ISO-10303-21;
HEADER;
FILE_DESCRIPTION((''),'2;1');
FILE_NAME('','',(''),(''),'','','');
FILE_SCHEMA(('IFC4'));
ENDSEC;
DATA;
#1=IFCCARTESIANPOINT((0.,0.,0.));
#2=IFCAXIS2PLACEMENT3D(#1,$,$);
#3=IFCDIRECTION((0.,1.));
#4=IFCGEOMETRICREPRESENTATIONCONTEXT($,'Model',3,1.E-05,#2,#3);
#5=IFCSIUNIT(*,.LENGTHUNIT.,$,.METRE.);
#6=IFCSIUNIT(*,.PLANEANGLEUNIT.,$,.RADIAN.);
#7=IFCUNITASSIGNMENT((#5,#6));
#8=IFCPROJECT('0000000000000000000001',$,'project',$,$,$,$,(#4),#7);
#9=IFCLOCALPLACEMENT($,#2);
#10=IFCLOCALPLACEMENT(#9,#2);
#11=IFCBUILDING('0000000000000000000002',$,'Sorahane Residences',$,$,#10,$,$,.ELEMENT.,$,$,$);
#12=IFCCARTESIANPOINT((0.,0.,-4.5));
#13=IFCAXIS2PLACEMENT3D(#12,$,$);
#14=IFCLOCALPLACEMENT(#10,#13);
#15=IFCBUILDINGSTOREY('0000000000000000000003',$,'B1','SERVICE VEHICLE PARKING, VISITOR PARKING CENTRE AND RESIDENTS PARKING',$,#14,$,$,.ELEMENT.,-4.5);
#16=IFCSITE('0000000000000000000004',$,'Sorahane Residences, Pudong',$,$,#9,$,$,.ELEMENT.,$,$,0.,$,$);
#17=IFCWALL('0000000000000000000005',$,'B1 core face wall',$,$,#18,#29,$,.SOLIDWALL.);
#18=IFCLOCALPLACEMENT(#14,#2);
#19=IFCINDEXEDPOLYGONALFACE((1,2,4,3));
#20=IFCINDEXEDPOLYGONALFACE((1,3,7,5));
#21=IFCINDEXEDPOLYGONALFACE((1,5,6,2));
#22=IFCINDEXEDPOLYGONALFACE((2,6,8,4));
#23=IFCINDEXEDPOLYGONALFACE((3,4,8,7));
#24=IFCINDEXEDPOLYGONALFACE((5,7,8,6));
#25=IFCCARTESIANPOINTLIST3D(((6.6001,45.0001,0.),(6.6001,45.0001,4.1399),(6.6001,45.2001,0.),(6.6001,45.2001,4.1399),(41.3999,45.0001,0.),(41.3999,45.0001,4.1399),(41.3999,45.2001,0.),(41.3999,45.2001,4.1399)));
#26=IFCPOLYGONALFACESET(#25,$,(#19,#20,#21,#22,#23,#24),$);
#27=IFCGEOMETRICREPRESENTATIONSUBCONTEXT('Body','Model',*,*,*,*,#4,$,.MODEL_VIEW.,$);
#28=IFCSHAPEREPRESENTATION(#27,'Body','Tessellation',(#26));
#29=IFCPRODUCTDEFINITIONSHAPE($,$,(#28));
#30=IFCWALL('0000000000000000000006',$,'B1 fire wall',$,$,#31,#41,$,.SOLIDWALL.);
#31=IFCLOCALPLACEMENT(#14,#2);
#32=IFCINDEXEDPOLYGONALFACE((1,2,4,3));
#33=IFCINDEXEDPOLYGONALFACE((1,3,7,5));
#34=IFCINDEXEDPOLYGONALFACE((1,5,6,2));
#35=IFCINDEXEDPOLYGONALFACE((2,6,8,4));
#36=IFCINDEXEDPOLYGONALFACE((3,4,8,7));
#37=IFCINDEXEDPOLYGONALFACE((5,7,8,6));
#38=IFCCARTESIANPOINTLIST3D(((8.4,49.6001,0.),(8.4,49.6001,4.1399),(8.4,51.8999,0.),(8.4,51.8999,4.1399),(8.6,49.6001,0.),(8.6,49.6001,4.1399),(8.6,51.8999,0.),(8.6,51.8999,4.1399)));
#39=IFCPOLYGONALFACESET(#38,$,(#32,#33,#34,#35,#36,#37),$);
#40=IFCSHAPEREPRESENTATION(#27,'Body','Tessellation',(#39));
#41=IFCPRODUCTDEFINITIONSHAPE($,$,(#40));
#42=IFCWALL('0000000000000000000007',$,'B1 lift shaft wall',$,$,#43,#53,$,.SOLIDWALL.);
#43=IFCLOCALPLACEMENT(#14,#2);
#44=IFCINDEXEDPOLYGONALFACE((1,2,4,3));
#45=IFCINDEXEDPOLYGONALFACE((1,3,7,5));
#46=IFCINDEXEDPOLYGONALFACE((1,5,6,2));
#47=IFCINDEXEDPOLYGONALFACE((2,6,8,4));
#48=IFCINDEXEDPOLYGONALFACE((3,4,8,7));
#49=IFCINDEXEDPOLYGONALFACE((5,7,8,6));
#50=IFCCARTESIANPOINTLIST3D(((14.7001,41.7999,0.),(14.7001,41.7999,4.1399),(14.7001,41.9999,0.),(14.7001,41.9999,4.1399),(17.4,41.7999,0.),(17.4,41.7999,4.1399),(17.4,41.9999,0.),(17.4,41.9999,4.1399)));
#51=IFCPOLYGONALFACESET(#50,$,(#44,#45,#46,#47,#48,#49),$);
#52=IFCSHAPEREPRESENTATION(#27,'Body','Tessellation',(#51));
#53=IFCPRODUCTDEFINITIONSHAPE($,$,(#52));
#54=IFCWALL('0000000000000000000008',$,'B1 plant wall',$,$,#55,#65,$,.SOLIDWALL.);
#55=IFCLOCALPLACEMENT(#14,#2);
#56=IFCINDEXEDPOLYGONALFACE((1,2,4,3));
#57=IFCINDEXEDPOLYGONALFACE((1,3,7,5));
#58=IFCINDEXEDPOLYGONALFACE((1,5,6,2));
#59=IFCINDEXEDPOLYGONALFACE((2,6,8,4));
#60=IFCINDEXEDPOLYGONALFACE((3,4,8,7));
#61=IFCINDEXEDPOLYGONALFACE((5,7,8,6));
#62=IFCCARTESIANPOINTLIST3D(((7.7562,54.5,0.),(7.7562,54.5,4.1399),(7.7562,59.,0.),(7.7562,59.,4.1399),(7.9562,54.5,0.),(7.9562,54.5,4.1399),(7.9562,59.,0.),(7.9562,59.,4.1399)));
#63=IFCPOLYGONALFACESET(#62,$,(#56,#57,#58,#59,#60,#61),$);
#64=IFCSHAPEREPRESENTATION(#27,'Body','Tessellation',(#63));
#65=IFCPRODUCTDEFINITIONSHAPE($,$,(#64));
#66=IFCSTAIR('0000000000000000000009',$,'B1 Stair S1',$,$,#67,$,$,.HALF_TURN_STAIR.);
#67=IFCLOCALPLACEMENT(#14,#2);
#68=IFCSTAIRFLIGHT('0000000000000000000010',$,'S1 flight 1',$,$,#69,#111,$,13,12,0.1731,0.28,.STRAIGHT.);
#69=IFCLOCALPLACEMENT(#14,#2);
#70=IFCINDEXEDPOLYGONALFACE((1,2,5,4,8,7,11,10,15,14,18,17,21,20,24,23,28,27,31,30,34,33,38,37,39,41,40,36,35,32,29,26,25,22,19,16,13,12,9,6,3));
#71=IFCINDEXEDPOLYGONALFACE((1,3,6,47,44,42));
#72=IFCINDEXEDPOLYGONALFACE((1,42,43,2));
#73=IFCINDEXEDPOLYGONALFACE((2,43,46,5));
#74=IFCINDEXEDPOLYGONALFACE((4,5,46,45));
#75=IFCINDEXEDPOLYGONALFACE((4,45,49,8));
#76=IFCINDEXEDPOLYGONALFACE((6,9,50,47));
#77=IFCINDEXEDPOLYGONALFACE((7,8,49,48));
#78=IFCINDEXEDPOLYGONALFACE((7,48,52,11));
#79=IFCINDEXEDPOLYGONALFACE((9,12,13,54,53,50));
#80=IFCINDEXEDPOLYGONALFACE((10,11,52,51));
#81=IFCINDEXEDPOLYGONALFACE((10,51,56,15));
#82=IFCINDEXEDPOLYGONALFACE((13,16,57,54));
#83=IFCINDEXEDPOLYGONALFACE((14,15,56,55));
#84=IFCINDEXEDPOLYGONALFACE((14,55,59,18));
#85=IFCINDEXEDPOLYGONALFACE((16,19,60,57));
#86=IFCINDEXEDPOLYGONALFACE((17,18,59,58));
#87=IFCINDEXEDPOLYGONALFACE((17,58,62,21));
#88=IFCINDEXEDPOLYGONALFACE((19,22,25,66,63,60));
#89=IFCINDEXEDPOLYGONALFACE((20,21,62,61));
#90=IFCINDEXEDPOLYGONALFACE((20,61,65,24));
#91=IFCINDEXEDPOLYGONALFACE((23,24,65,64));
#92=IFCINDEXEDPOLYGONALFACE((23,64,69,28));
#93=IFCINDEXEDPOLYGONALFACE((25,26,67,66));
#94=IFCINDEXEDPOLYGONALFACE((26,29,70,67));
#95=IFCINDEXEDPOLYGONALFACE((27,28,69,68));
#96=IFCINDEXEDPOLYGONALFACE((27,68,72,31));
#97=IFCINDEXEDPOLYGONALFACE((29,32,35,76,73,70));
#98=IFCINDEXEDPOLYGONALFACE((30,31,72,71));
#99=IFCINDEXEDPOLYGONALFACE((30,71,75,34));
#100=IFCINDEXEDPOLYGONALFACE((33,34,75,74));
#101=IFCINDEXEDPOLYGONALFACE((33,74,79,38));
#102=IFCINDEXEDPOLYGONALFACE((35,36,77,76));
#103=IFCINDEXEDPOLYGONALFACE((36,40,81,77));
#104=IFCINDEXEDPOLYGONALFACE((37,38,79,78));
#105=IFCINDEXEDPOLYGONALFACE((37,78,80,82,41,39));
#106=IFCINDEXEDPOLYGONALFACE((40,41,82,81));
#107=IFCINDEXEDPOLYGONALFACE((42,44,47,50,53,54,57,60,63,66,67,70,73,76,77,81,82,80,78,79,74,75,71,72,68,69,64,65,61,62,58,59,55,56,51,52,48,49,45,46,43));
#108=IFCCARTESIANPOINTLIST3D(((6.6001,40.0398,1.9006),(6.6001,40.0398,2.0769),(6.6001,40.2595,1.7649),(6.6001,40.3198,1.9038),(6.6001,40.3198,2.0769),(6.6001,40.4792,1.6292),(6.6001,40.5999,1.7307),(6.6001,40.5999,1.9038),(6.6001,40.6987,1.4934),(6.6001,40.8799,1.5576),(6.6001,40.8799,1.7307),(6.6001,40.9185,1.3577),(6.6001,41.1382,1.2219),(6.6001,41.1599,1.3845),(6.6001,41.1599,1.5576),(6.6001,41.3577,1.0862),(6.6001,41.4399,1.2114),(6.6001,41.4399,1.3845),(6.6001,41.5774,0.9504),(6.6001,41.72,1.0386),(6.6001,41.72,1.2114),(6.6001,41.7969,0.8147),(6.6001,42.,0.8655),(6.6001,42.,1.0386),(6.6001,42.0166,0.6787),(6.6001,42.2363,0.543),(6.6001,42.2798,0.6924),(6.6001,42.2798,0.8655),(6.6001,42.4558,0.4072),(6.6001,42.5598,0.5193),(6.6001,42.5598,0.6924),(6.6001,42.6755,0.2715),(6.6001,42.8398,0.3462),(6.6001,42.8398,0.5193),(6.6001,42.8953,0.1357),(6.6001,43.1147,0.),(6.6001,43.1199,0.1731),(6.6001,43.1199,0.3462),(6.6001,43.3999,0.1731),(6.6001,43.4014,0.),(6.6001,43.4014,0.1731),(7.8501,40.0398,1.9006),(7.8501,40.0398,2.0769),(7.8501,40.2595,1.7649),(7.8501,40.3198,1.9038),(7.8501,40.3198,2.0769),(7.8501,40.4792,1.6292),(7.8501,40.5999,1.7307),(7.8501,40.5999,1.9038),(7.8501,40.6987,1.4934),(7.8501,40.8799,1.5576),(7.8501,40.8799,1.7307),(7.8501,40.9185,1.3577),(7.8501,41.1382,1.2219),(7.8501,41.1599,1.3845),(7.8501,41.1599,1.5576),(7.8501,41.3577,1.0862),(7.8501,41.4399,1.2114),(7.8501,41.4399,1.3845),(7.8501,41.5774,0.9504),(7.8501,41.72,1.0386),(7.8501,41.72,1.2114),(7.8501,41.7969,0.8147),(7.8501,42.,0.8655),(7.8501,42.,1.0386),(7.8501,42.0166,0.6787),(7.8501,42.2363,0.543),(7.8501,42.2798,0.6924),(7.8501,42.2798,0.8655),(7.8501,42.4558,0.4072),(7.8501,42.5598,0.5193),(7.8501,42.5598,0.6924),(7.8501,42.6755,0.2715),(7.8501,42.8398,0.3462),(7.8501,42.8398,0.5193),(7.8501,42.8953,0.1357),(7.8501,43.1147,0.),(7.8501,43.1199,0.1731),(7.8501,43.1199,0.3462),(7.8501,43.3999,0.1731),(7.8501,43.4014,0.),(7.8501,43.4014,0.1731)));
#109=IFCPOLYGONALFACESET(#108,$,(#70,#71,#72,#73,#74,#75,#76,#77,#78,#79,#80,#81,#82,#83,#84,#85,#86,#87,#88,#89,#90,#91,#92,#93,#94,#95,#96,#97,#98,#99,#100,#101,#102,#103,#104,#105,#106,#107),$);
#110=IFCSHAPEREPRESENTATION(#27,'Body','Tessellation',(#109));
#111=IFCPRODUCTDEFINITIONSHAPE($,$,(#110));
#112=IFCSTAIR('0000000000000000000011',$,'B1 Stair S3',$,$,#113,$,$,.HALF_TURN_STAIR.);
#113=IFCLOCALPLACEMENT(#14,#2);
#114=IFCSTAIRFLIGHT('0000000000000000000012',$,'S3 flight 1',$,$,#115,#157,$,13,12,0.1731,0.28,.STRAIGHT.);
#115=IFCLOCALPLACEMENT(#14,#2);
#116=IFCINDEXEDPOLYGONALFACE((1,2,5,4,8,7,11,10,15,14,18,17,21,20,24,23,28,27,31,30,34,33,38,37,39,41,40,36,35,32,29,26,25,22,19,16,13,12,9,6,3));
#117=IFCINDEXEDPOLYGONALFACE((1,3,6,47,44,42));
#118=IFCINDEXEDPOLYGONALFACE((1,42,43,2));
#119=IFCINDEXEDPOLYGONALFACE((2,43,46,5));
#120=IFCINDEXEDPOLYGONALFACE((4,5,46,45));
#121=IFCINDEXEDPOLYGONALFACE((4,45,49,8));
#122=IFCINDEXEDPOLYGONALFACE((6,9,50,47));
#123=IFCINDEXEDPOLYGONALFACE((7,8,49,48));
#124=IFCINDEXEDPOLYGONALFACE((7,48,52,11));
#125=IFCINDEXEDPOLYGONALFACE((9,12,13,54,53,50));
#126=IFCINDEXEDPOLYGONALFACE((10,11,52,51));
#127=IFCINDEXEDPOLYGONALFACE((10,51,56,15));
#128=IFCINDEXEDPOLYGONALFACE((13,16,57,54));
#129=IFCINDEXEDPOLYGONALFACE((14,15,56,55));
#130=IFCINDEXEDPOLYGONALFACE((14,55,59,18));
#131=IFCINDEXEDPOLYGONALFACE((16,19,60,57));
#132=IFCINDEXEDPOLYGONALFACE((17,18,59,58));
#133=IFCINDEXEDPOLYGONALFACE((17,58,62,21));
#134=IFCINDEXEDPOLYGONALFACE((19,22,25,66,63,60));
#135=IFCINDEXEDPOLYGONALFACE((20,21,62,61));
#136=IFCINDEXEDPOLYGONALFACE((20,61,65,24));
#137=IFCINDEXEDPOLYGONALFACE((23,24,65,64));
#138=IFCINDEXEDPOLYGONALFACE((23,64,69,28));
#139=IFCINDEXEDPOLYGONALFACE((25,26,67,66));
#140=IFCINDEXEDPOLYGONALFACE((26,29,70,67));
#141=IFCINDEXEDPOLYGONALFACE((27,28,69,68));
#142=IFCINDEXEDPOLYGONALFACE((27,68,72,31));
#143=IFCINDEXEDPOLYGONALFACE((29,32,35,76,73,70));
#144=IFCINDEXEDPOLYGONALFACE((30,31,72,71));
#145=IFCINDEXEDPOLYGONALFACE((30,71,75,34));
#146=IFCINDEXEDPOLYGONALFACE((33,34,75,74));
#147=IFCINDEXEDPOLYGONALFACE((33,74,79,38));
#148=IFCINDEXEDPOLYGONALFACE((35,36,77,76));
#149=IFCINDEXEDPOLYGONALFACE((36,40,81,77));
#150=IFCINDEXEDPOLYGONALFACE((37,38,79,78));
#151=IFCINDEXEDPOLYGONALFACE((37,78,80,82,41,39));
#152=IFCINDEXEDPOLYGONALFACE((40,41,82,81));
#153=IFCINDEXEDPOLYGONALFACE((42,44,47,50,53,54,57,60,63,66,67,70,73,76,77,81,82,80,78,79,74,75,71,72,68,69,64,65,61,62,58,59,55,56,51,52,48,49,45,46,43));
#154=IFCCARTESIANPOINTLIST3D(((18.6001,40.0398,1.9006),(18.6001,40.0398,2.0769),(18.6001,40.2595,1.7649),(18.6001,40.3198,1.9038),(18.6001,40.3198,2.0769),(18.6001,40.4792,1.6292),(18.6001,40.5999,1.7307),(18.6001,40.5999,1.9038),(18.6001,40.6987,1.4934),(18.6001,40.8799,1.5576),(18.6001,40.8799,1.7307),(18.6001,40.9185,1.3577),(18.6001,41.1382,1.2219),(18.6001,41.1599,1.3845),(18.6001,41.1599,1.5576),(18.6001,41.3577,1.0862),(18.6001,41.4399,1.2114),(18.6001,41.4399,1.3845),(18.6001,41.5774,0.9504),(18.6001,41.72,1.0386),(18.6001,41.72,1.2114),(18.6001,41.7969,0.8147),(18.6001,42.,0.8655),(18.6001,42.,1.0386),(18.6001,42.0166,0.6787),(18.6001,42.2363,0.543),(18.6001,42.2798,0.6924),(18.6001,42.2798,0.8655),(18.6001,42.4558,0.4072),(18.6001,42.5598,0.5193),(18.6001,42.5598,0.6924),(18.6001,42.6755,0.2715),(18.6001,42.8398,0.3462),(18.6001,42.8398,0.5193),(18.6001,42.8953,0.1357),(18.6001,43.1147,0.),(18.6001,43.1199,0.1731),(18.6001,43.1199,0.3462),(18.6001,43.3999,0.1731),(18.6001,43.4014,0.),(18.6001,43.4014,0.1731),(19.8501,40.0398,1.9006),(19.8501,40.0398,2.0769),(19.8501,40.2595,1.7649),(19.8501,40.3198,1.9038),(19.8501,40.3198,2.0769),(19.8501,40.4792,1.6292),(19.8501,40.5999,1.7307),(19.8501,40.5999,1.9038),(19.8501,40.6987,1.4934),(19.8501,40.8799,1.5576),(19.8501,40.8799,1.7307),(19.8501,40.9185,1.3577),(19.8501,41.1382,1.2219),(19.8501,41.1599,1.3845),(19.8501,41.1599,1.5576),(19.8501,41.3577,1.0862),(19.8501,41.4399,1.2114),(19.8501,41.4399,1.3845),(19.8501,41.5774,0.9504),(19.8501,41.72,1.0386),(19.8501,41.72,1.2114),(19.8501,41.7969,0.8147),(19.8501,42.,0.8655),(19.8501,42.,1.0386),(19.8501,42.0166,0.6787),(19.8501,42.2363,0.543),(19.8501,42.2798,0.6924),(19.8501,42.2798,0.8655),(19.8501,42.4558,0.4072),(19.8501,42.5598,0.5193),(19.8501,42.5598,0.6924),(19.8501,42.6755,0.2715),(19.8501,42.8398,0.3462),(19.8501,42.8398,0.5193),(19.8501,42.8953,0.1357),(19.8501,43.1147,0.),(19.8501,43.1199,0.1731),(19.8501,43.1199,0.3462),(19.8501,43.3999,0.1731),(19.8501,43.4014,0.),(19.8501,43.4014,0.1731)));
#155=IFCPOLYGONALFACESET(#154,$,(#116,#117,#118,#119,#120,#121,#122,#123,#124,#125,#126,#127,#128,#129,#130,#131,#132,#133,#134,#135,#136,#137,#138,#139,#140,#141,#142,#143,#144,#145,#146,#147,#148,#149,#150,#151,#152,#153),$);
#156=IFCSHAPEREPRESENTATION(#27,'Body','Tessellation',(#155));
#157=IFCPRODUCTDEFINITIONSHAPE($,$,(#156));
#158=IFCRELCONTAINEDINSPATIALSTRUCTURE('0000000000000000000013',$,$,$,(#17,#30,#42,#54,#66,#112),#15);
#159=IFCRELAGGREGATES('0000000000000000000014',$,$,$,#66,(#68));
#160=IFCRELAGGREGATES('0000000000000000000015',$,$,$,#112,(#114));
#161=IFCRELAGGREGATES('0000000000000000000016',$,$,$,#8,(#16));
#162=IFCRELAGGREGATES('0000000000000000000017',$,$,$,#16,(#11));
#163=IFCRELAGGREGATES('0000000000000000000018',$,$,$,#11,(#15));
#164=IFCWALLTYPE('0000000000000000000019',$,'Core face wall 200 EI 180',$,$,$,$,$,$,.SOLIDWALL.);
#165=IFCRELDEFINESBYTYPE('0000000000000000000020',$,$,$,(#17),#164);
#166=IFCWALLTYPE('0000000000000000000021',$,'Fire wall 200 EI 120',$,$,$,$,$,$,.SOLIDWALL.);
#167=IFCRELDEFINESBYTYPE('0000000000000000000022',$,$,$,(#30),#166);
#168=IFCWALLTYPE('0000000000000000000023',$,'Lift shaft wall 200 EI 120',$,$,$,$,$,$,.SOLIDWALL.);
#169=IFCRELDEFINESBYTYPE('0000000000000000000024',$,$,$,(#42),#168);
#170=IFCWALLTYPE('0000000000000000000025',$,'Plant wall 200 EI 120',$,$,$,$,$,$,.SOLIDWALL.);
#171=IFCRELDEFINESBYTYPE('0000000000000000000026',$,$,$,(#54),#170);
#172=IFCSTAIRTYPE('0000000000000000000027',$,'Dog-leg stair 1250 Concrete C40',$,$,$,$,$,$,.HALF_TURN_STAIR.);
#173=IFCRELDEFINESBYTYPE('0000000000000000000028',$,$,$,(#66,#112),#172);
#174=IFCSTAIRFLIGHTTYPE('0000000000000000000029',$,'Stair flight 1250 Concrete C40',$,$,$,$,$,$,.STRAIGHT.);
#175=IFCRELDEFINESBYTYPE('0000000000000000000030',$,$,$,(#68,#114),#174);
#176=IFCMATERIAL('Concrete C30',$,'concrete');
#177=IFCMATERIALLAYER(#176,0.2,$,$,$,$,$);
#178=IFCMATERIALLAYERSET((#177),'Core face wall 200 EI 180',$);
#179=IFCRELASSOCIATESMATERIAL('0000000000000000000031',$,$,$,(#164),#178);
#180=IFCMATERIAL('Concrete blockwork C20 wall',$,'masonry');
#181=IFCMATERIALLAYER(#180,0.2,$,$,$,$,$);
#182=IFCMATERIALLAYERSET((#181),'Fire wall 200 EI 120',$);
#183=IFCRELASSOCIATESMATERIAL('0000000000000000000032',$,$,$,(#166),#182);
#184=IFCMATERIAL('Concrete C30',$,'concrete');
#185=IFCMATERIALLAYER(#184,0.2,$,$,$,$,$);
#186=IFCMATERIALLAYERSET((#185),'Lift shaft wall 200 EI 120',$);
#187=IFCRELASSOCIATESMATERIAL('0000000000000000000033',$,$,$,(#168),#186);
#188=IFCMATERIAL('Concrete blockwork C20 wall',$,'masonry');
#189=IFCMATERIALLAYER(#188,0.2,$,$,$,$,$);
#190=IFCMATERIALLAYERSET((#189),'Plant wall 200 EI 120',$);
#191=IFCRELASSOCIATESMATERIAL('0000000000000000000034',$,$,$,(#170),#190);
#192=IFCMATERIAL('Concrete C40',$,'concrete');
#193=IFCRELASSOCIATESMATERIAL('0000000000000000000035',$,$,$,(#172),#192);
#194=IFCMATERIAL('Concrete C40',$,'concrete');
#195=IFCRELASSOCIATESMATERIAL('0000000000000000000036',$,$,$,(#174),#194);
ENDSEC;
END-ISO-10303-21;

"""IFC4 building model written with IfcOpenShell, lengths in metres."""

from ifc_helpers import new_model, si_unit, direction, frame, frame_2d, origin, place, context, subcontext, project, spatial, polyline, rectangle, outline, extrude, material, layer, layer_set, type_object, element, aggregate, save


model = new_model("IFC4")

# Units and contexts
model_context = context("Model", 3, precision=1e-05, world=origin(), true_north=direction((0.0, 1.0)))
body_context = subcontext(model_context, "Body", "Model", "MODEL_VIEW")
ifc_project = project(units=[si_unit("LENGTHUNIT", "METRE"), si_unit("PLANEANGLEUNIT", "RADIAN")], contexts=[model_context])

# Site, building, storey
site_placement = place(None, origin())
site = spatial("IfcSite", under=ifc_project, at=site_placement, Name="Sorahane Residences, Pudong", CompositionType="ELEMENT", RefElevation=0.0)
building_placement = place(site_placement, origin())
building = spatial("IfcBuilding", under=site, at=building_placement, Name="Sorahane Residences", CompositionType="ELEMENT")
storey_placement = place(building_placement, frame((0.0, 0.0, -4.5)))
storey = spatial("IfcBuildingStorey", under=building, at=storey_placement, Name="B1", Description="SERVICE VEHICLE PARKING, VISITOR PARKING CENTRE AND RESIDENTS PARKING", CompositionType="ELEMENT", Elevation=-4.5)

# Walls
ifc_material_1 = material(Name="Concrete C30", Category="concrete")
ifc_layer_1 = layer(ifc_material_1, 0.2)
ifc_layer_set_1 = layer_set([ifc_layer_1], Name="Core face wall 200 EI 180")
wall_type_1 = type_object("IfcWallType", Name="Core face wall 200 EI 180", PredefinedType="SOLIDWALL", material=ifc_layer_set_1)
wall_1_placement = place(storey_placement, frame((6.6001, 45.1001, 0.0), z_axis=(0.0, 0.0, 1.0), x_axis=(1.0, 0.0, 0.0)))
element("IfcWall", 1, at=wall_1_placement, inside=storey, type_object=wall_type_1, Name="B1 core face wall", PredefinedType="SOLIDWALL", context=body_context, shape_type="SweptSolid", body=[
    extrude(rectangle(XDim=34.7998, YDim=0.2, at=frame_2d((17.3999, 0.0))), origin(), (0.0, 0.0, 1.0), 4.1399),
])
ifc_material_2 = material(Name="Concrete blockwork C20 wall", Category="masonry")
ifc_layer_2 = layer(ifc_material_2, 0.2)
ifc_layer_set_2 = layer_set([ifc_layer_2], Name="Fire wall 200 EI 120")
wall_type_2 = type_object("IfcWallType", Name="Fire wall 200 EI 120", PredefinedType="SOLIDWALL", material=ifc_layer_set_2)
wall_2_placement = place(storey_placement, frame((8.5, 49.6001, 0.0), z_axis=(0.0, 0.0, 1.0), x_axis=(0.0, 1.0, 0.0)))
element("IfcWall", 2, at=wall_2_placement, inside=storey, type_object=wall_type_2, Name="B1 fire wall", PredefinedType="SOLIDWALL", context=body_context, shape_type="SweptSolid", body=[
    extrude(rectangle(XDim=2.2998, YDim=0.2, at=frame_2d((1.1499, 0.0))), origin(), (0.0, 0.0, 1.0), 4.1399),
])
ifc_material_3 = material(Name="Concrete C30", Category="concrete")
ifc_layer_3 = layer(ifc_material_3, 0.2)
ifc_layer_set_3 = layer_set([ifc_layer_3], Name="Lift shaft wall 200 EI 120")
wall_type_3 = type_object("IfcWallType", Name="Lift shaft wall 200 EI 120", PredefinedType="SOLIDWALL", material=ifc_layer_set_3)
wall_3_placement = place(storey_placement, frame((14.7, 41.8999, 0.0), z_axis=(0.0, 0.0, 1.0), x_axis=(1.0, 0.0, 0.0)))
element("IfcWall", 3, at=wall_3_placement, inside=storey, type_object=wall_type_3, Name="B1 lift shaft wall", PredefinedType="SOLIDWALL", context=body_context, shape_type="SweptSolid", body=[
    extrude(rectangle(XDim=2.7, YDim=0.2, at=frame_2d((1.3501, 0.0))), origin(), (0.0, 0.0, 1.0), 4.1399),
])
ifc_material_4 = material(Name="Concrete blockwork C20 wall", Category="masonry")
ifc_layer_4 = layer(ifc_material_4, 0.2)
ifc_layer_set_4 = layer_set([ifc_layer_4], Name="Plant wall 200 EI 120")
wall_type_4 = type_object("IfcWallType", Name="Plant wall 200 EI 120", PredefinedType="SOLIDWALL", material=ifc_layer_set_4)
wall_4_placement = place(storey_placement, frame((7.8562, 54.5, 0.0), z_axis=(0.0, 0.0, 1.0), x_axis=(0.0, 1.0, 0.0)))
element("IfcWall", 4, at=wall_4_placement, inside=storey, type_object=wall_type_4, Name="B1 plant wall", PredefinedType="SOLIDWALL", context=body_context, shape_type="SweptSolid", body=[
    extrude(rectangle(XDim=4.5, YDim=0.2, at=frame_2d((2.25, 0.0))), origin(), (0.0, 0.0, 1.0), 4.1399),
])

# Stairs, stair flights
ifc_material_5 = material(Name="Concrete C40", Category="concrete")
stair_type = type_object("IfcStairType", Name="Dog-leg stair 1250 Concrete C40", PredefinedType="HALF_TURN_STAIR", material=ifc_material_5)
stair_1_placement = place(storey_placement, origin())
stair_1 = element("IfcStair", 5, at=stair_1_placement, inside=storey, type_object=stair_type, Name="B1 Stair S1", PredefinedType="HALF_TURN_STAIR")
ifc_material_6 = material(Name="Concrete C40", Category="concrete")
stair_flight_type = type_object("IfcStairFlightType", Name="Stair flight 1250 Concrete C40", PredefinedType="STRAIGHT", material=ifc_material_6)
stair_flight_1_placement = place(storey_placement, frame((7.2251, 43.3999, 0.0), z_axis=(0.0, 0.0, 1.0), x_axis=(0.0, -1.0, 0.0)))
stair_flight_1 = element("IfcStairFlight", 6, at=stair_flight_1_placement, type_object=stair_flight_type, Name="S1 flight 1", NumberOfRisers=13, NumberOfTreads=12, PredefinedType="STRAIGHT", RiserHeight=0.1731, TreadLength=0.28, context=body_context, shape_type="SweptSolid", body=[
    extrude(outline(polyline([(-0.0015, 0.0), (-0.0015, 0.1731), (0.0, 0.1731), (0.28, 0.1731), (0.28, 0.3462), (0.5601, 0.3462), (0.5601, 0.5193), (0.8401, 0.5193), (0.8401, 0.6924), (1.1201, 0.6924), (1.1201, 0.8655), (1.3999, 0.8655), (1.3999, 1.0386), (1.6799, 1.0386), (1.6799, 1.2114), (1.96, 1.2114), (1.96, 1.3845), (2.24, 1.3845), (2.24, 1.5576), (2.52, 1.5576), (2.52, 1.7307), (2.8, 1.7307), (2.8, 1.9038), (3.0801, 1.9038), (3.0801, 2.0769), (3.3601, 2.0769), (3.3601, 2.25), (3.3601, 1.9006), (3.1404, 1.7649), (2.9207, 1.6292), (2.7012, 1.4934), (2.4814, 1.3577), (2.2617, 1.2219), (2.0422, 1.0862), (1.8225, 0.9504), (1.603, 0.8147), (1.3833, 0.6787), (1.1636, 0.543), (0.9441, 0.4072), (0.7244, 0.2715), (0.5046, 0.1357), (0.2852, 0.0), (-0.0015, 0.0)])), frame((0.0, 0.625, 0.0), z_axis=(0.0, -1.0, 0.0), x_axis=(1.0, 0.0, 0.0)), (0.0, 0.0, 1.0), 1.25),
])
aggregate(stair_1, [stair_flight_1])
stair_2_placement = place(storey_placement, origin())
stair_2 = element("IfcStair", 7, at=stair_2_placement, inside=storey, type_object=stair_type, Name="B1 Stair S3", PredefinedType="HALF_TURN_STAIR")
stair_flight_2_placement = place(storey_placement, frame((19.2251, 43.3999, 0.0), z_axis=(0.0, 0.0, 1.0), x_axis=(0.0, -1.0, 0.0)))
stair_flight_2 = element("IfcStairFlight", 8, at=stair_flight_2_placement, type_object=stair_flight_type, Name="S3 flight 1", NumberOfRisers=13, NumberOfTreads=12, PredefinedType="STRAIGHT", RiserHeight=0.1731, TreadLength=0.28, context=body_context, shape_type="SweptSolid", body=[
    extrude(outline(polyline([(-0.0015, 0.0), (-0.0015, 0.1731), (0.0, 0.1731), (0.28, 0.1731), (0.28, 0.3462), (0.5601, 0.3462), (0.5601, 0.5193), (0.8401, 0.5193), (0.8401, 0.6924), (1.1201, 0.6924), (1.1201, 0.8655), (1.3999, 0.8655), (1.3999, 1.0386), (1.6799, 1.0386), (1.6799, 1.2114), (1.96, 1.2114), (1.96, 1.3845), (2.24, 1.3845), (2.24, 1.5576), (2.52, 1.5576), (2.52, 1.7307), (2.8, 1.7307), (2.8, 1.9038), (3.0801, 1.9038), (3.0801, 2.0769), (3.3601, 2.0769), (3.3601, 2.25), (3.3601, 1.9006), (3.1404, 1.7649), (2.9207, 1.6292), (2.7012, 1.4934), (2.4814, 1.3577), (2.2617, 1.2219), (2.0422, 1.0862), (1.8225, 0.9504), (1.603, 0.8147), (1.3833, 0.6787), (1.1636, 0.543), (0.9441, 0.4072), (0.7244, 0.2715), (0.5046, 0.1357), (0.2852, 0.0), (-0.0015, 0.0)])), frame((0.0, 0.625, 0.0), z_axis=(0.0, -1.0, 0.0), x_axis=(1.0, 0.0, 0.0)), (0.0, 0.0, 1.0), 1.25),
])
aggregate(stair_2, [stair_flight_2])

save(model, "model.ifc")
